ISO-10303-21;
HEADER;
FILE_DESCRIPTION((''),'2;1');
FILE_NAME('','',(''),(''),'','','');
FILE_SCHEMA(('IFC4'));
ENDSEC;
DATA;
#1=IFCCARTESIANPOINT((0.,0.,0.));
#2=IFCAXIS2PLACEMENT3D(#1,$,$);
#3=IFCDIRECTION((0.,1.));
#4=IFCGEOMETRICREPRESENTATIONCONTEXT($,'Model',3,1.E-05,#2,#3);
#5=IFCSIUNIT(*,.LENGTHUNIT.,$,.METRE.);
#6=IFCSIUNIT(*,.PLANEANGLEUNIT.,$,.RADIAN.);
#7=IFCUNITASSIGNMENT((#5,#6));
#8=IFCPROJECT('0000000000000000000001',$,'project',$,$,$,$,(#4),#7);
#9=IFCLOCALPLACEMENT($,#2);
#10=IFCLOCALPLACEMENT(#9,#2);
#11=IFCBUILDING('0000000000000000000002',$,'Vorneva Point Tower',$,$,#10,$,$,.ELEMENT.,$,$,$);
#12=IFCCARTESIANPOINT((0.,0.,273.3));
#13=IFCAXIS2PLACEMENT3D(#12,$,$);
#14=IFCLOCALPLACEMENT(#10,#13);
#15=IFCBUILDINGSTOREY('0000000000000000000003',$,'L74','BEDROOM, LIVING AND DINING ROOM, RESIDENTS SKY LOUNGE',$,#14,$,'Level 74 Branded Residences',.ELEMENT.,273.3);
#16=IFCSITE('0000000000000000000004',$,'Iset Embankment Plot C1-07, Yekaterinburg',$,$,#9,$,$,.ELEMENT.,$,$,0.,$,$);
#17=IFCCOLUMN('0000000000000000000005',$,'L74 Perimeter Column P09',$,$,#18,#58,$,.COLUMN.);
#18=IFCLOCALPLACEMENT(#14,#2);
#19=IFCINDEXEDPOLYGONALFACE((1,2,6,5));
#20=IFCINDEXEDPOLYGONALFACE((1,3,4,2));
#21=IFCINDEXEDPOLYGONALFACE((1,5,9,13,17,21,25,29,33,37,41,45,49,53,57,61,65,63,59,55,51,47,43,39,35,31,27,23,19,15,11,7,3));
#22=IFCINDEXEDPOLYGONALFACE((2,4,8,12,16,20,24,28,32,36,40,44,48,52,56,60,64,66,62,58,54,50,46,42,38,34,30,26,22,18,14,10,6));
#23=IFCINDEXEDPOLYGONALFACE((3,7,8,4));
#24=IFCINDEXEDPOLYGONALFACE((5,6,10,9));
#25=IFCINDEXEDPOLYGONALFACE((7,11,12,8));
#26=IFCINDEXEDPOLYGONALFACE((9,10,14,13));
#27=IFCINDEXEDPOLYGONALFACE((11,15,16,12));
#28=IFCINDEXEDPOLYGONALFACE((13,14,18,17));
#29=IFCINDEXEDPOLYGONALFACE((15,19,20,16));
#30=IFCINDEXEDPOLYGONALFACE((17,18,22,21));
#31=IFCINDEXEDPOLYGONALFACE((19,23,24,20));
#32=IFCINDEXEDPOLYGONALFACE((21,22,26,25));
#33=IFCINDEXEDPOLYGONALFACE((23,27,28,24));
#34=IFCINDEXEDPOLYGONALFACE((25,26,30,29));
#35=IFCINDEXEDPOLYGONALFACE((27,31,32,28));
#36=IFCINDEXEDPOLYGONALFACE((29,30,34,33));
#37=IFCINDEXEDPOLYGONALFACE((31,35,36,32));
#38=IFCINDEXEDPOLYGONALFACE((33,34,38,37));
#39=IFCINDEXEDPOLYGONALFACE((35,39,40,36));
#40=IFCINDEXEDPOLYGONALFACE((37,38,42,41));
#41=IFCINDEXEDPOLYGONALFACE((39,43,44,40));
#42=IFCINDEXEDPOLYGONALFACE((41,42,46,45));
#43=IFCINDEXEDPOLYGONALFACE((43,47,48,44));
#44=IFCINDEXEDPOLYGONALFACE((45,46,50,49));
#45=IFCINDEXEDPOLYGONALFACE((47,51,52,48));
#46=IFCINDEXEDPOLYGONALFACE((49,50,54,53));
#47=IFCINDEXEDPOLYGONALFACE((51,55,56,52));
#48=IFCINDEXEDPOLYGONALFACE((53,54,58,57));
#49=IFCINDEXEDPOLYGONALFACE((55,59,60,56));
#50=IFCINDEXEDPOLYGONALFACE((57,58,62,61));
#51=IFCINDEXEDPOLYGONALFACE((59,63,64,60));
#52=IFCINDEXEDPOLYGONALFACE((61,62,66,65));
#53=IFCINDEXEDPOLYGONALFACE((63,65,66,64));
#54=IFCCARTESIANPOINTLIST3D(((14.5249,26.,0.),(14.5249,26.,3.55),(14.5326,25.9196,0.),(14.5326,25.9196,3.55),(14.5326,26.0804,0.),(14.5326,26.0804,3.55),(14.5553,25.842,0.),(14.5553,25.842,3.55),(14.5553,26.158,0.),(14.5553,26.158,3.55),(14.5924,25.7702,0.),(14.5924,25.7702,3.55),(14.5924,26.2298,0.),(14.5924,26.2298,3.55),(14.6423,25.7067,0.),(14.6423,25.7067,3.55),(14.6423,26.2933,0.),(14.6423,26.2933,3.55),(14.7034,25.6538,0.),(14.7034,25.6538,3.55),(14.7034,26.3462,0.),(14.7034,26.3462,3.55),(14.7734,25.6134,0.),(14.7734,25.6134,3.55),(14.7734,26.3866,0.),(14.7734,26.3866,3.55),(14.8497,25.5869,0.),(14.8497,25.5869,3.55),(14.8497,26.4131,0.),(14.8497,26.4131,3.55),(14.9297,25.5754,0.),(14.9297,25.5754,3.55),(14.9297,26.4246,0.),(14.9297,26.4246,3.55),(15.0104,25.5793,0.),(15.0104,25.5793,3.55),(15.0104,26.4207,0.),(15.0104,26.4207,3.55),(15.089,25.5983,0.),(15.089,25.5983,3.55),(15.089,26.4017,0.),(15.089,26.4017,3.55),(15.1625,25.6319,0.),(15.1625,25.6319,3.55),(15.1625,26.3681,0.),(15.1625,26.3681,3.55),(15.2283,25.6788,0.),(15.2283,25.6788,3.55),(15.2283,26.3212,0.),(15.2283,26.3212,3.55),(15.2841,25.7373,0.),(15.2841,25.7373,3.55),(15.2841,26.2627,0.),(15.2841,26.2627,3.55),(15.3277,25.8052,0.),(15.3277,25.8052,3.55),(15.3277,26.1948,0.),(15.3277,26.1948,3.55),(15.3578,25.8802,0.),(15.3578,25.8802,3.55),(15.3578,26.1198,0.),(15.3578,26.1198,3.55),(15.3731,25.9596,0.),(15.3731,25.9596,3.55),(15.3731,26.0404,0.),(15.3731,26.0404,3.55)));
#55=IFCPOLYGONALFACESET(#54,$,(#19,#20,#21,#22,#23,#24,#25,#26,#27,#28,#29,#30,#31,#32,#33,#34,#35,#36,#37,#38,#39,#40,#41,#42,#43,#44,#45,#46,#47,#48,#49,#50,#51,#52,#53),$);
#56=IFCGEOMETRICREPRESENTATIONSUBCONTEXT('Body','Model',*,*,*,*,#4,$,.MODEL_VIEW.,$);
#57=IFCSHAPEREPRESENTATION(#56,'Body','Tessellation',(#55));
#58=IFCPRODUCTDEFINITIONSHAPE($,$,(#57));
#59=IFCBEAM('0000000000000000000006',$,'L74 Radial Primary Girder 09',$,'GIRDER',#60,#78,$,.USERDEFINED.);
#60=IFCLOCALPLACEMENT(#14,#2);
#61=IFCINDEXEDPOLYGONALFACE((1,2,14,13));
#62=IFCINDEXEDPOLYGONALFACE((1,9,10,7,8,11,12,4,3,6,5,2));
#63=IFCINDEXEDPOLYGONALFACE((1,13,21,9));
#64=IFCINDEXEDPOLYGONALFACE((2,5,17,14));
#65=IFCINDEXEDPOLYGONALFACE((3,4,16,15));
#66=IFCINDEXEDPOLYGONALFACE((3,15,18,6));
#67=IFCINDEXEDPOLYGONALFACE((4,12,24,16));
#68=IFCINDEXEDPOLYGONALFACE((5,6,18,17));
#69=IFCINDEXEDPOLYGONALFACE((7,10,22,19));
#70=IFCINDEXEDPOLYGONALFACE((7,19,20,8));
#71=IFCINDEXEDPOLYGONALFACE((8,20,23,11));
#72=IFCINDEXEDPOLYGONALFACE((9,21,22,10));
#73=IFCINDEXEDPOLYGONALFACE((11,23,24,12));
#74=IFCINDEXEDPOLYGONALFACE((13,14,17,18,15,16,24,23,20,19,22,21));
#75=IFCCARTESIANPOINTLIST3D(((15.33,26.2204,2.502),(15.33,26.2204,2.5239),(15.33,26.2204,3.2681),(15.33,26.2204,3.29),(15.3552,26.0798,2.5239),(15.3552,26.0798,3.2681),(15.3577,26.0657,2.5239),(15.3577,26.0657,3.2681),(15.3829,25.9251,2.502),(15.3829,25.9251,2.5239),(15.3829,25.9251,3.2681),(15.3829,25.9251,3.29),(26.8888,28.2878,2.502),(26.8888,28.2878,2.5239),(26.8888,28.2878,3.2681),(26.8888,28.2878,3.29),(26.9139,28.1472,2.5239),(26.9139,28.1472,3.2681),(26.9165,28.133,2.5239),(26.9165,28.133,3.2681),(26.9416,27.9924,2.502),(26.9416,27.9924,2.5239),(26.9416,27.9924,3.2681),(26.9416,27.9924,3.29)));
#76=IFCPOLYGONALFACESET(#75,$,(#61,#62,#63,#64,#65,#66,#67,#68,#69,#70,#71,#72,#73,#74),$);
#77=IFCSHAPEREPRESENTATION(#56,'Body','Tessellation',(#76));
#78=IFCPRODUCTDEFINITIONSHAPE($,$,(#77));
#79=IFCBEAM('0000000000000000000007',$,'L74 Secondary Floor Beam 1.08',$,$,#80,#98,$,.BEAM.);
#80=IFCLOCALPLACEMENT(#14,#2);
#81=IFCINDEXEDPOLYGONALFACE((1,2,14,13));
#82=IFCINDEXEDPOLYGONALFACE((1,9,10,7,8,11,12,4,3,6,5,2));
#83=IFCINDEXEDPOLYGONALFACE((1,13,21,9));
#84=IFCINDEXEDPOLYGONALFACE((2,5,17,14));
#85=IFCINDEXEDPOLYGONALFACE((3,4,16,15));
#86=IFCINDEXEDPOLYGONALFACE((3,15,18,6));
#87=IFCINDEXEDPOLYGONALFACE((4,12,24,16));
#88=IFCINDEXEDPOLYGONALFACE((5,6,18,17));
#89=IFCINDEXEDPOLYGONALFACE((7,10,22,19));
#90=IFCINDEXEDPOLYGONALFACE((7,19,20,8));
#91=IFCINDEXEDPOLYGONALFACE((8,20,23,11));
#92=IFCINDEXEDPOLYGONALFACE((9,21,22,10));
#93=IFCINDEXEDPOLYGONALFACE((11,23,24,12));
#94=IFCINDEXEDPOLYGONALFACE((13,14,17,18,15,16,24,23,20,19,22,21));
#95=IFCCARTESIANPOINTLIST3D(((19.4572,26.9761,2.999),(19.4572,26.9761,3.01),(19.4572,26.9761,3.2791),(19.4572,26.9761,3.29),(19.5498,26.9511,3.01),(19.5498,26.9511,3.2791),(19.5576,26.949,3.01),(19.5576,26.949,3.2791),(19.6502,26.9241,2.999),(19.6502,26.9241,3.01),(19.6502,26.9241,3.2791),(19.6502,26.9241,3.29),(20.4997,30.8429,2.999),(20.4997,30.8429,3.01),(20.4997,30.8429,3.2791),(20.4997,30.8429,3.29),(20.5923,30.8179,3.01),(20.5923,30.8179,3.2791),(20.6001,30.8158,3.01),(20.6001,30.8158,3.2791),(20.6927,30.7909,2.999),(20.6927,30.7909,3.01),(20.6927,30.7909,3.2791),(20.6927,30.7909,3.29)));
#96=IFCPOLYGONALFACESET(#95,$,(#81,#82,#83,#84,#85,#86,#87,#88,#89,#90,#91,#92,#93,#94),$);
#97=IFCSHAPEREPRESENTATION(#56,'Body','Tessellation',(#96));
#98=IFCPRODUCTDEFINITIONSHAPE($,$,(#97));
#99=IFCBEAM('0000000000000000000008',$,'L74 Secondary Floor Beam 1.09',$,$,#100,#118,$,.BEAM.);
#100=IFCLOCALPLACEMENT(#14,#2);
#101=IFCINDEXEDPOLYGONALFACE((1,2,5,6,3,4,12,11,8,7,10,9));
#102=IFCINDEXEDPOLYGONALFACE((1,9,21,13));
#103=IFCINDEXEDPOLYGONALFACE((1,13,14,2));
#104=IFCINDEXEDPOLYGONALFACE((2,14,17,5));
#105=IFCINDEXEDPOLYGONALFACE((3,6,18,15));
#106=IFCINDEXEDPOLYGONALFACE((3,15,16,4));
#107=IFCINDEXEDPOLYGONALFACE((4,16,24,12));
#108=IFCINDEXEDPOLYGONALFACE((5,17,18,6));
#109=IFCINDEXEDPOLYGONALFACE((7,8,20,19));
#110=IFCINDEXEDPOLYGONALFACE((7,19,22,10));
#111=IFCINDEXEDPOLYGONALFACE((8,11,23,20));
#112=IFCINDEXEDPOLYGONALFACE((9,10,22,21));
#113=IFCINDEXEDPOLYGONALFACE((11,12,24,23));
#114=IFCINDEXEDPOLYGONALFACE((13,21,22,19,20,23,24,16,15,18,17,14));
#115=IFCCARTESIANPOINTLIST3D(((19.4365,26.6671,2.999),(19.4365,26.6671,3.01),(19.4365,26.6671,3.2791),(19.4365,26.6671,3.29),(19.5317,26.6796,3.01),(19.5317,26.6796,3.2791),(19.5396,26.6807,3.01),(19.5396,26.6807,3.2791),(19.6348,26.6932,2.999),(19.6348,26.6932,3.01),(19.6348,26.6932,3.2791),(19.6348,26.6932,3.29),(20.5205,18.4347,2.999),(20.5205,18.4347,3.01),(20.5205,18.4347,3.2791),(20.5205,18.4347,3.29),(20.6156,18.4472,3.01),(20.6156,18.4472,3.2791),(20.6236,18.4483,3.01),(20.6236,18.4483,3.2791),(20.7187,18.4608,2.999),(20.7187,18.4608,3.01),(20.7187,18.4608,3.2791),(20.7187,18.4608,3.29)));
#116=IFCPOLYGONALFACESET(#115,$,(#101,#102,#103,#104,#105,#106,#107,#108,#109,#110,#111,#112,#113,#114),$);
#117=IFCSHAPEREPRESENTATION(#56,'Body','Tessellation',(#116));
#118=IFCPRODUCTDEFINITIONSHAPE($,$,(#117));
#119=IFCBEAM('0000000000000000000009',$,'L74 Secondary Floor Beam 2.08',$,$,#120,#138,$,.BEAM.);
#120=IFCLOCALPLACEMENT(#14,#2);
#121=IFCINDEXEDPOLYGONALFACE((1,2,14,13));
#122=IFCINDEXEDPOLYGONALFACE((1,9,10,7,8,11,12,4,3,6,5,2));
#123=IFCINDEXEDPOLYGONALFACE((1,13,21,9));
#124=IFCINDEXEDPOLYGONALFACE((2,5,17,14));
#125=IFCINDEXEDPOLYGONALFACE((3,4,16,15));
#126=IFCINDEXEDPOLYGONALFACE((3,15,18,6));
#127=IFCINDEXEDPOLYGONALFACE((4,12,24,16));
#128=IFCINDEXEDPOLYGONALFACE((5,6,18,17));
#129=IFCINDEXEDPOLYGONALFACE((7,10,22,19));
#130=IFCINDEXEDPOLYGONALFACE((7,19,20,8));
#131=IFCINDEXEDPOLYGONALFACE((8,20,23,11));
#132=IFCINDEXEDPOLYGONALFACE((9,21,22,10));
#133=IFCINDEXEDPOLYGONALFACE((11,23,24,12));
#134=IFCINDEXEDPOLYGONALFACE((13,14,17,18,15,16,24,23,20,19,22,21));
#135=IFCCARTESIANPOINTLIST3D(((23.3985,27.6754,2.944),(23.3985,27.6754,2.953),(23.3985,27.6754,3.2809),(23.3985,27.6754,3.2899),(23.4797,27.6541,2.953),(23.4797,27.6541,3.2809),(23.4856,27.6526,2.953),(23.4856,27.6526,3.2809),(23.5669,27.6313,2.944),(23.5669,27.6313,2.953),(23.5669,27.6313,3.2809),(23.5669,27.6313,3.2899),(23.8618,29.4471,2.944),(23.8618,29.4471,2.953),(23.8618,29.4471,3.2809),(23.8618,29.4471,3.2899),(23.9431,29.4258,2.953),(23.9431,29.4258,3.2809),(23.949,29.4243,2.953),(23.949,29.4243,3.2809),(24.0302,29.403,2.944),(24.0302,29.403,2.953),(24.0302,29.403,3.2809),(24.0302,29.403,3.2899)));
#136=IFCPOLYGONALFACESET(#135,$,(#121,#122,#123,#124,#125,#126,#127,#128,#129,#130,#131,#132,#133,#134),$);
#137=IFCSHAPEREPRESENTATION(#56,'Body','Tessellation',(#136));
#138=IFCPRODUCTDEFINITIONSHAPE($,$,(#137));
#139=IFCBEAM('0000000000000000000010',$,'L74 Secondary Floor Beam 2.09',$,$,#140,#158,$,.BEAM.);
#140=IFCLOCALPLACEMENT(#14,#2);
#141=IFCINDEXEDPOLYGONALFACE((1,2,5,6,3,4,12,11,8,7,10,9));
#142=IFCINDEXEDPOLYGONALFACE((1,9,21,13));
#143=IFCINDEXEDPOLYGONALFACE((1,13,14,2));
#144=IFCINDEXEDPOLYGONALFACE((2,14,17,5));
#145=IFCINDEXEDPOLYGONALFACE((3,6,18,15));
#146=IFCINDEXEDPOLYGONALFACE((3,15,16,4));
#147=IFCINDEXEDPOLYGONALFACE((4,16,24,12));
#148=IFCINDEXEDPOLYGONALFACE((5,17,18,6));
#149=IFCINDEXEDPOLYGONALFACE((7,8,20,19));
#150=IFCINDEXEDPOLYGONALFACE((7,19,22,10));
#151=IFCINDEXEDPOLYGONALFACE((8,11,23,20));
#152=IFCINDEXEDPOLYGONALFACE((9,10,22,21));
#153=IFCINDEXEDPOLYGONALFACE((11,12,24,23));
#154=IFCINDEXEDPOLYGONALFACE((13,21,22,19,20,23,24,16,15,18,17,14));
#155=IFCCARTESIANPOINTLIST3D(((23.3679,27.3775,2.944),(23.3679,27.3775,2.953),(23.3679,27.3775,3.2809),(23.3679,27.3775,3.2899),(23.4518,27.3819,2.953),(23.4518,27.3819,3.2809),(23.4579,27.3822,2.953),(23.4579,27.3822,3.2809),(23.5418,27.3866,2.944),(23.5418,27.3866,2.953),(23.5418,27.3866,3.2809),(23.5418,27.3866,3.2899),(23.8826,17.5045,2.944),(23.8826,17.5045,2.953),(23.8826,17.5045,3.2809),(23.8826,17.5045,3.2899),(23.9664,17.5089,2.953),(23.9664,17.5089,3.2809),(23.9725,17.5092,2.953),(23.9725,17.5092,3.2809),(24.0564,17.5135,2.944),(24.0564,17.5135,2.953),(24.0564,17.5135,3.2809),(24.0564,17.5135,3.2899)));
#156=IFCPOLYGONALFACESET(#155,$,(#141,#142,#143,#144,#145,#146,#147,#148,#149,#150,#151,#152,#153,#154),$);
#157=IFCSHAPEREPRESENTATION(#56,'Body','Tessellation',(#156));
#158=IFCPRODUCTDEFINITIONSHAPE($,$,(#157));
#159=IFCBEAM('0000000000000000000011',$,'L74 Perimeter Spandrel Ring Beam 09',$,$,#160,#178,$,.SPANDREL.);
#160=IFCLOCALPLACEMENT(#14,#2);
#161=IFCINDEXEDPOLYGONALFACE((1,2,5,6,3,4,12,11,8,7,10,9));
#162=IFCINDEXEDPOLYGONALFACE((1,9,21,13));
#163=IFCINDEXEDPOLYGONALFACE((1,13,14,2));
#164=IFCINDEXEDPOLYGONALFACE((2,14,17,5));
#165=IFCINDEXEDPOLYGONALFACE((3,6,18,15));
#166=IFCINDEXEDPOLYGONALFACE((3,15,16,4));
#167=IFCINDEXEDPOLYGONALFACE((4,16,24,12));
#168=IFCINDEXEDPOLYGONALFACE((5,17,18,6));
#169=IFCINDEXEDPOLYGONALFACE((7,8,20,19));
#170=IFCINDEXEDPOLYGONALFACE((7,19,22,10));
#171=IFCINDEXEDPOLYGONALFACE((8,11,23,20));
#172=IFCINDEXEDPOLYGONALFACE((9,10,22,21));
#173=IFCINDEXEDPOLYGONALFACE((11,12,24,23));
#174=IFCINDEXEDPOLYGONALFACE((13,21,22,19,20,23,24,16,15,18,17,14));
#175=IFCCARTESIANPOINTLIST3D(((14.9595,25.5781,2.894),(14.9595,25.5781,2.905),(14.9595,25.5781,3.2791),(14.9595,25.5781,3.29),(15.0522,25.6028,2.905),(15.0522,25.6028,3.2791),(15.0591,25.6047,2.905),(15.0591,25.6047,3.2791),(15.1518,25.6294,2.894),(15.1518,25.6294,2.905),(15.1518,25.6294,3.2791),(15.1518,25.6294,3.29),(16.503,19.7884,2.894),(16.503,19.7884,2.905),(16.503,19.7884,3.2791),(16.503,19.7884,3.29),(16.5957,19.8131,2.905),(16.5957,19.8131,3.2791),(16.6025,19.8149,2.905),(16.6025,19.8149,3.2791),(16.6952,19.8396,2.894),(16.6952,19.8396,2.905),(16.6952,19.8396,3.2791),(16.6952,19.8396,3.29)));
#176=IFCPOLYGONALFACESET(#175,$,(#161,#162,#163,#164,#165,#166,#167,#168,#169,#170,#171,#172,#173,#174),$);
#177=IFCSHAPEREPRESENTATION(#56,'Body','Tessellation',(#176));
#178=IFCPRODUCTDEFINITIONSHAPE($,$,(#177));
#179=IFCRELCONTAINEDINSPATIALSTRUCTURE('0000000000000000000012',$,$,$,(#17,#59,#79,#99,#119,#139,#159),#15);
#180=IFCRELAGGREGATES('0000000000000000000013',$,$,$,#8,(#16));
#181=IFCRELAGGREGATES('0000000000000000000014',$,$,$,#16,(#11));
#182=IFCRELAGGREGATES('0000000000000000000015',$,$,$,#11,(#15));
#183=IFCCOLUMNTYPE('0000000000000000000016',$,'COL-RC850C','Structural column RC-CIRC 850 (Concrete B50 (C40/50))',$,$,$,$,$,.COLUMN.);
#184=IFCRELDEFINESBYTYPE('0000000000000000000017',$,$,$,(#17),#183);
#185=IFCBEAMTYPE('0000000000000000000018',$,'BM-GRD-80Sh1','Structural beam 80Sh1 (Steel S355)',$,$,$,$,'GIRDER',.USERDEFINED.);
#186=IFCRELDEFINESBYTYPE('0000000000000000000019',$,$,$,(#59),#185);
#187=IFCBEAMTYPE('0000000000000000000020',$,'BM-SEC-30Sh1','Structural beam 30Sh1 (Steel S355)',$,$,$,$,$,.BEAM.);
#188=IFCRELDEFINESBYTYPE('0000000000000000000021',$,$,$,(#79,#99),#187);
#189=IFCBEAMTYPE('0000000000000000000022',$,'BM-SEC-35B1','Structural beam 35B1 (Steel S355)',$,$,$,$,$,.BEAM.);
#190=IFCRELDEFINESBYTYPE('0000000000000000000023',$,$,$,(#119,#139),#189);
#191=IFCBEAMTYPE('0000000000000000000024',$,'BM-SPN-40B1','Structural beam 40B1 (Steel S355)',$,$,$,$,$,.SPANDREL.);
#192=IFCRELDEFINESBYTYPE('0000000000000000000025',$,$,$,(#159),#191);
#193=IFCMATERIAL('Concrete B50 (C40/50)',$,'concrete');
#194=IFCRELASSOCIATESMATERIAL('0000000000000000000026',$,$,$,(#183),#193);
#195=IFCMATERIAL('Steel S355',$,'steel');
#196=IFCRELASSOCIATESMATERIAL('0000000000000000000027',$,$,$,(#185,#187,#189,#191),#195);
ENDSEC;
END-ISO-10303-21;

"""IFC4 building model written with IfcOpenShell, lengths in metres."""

from ifc_helpers import new_model, si_unit, direction, frame, origin, origin_2d, place, context, subcontext, project, spatial, circle, i_section, extrude, material, material_profile, profile_set, type_object, element, save


model = new_model("IFC4")

# Units and contexts
model_context = context("Model", 3, precision=1e-05, world=origin(), true_north=direction((0.0, 1.0)))
body_context = subcontext(model_context, "Body", "Model", "MODEL_VIEW")
ifc_project = project(units=[si_unit("LENGTHUNIT", "METRE"), si_unit("PLANEANGLEUNIT", "RADIAN")], contexts=[model_context])

# Site, building, storey
site_placement = place(None, origin())
site = spatial("IfcSite", under=ifc_project, at=site_placement, Name="Iset Embankment Plot C1-07, Yekaterinburg", CompositionType="ELEMENT", RefElevation=0.0)
building_placement = place(site_placement, origin())
building = spatial("IfcBuilding", under=site, at=building_placement, Name="Vorneva Point Tower", CompositionType="ELEMENT")
storey_placement = place(building_placement, frame((0.0, 0.0, 273.3)))
storey = spatial("IfcBuildingStorey", under=building, at=storey_placement, Name="L74", Description="BEDROOM, LIVING AND DINING ROOM, RESIDENTS SKY LOUNGE", LongName="Level 74 Branded Residences", CompositionType="ELEMENT", Elevation=273.3)

# Column
ifc_material_1 = material(Name="Concrete B50 (C40/50)", Category="concrete")
ifc_material_profile_1 = material_profile(ifc_material_1, circle(Radius=0.425, at=origin_2d()), Name="RC-CIRC 850")
ifc_profile_set_1 = profile_set([ifc_material_profile_1], Name="Concrete B50 (C40/50)")
column_type = type_object("IfcColumnType", Name="COL-RC850C", Description="Structural column RC-CIRC 850 (Concrete B50 (C40/50))", PredefinedType="COLUMN", material=ifc_profile_set_1)
column_placement = place(storey_placement, frame((14.95, 26.0, 0.0), z_axis=(0.0, 0.0, 1.0), x_axis=(-1.0, 0.0, 0.0)))
element("IfcColumn", 1, at=column_placement, inside=storey, type_object=column_type, Name="L74 Perimeter Column P09", PredefinedType="COLUMN", context=body_context, shape_type="SweptSolid", body=[
    extrude(circle(Radius=0.425, at=origin_2d()), origin(), (0.0, 0.0, 1.0), 3.55),
])

# Beams
ifc_material_2 = material(Name="Steel S355", Category="steel")
ifc_material_profile_2 = material_profile(ifc_material_2, i_section(OverallWidth=0.3, OverallDepth=0.7881, WebThickness=0.0144, FlangeThickness=0.022, at=origin_2d()), Name="80Sh1")
ifc_profile_set_2 = profile_set([ifc_material_profile_2], Name="Steel S355")
beam_type_1 = type_object("IfcBeamType", Name="BM-GRD-80Sh1", Description="Structural beam 80Sh1 (Steel S355)", ElementType="GIRDER", PredefinedType="USERDEFINED", material=ifc_profile_set_2)
beam_1_placement = place(storey_placement, frame((15.3564, 26.0728, 2.896), z_axis=(0.984379, 0.176063, 0.0), x_axis=(-0.176063, 0.984379, 0.0)))
element("IfcBeam", 2, at=beam_1_placement, inside=storey, type_object=beam_type_1, Name="L74 Radial Primary Girder 09", ObjectType="GIRDER", PredefinedType="USERDEFINED", context=body_context, shape_type="SweptSolid", body=[
    extrude(i_section(OverallWidth=0.3, OverallDepth=0.7881, WebThickness=0.0144, FlangeThickness=0.022, at=origin_2d()), origin(), (0.0, 0.0, 1.0), 11.7422),
])
ifc_material_profile_3 = material_profile(ifc_material_2, i_section(OverallWidth=0.2, OverallDepth=0.291, WebThickness=0.0081, FlangeThickness=0.011, at=origin_2d()), Name="30Sh1")
ifc_profile_set_3 = profile_set([ifc_material_profile_3], Name="Steel S355")
beam_type_2 = type_object("IfcBeamType", Name="BM-SEC-30Sh1", Description="Structural beam 30Sh1 (Steel S355)", PredefinedType="BEAM", material=ifc_profile_set_3)
beam_2_placement = place(storey_placement, frame((20.5962, 30.8169, 3.1445), z_axis=(-0.26031, -0.965525, 0.0), x_axis=(0.965525, -0.26031, 0.0)))
element("IfcBeam", 3, at=beam_2_placement, inside=storey, type_object=beam_type_2, Name="L74 Secondary Floor Beam 1.08", PredefinedType="BEAM", context=body_context, shape_type="SweptSolid", body=[
    extrude(i_section(OverallWidth=0.2, OverallDepth=0.291, WebThickness=0.0081, FlangeThickness=0.011, at=origin_2d()), origin(), (0.0, 0.0, 1.0), 4.0049),
])
beam_3_placement = place(storey_placement, frame((19.5356, 26.6802, 3.1445), z_axis=(0.130546, -0.991442, 0.0), x_axis=(0.991442, 0.130546, 0.0)))
element("IfcBeam", 4, at=beam_3_placement, inside=storey, type_object=beam_type_2, Name="L74 Secondary Floor Beam 1.09", PredefinedType="BEAM", context=body_context, shape_type="SweptSolid", body=[
    extrude(i_section(OverallWidth=0.2, OverallDepth=0.291, WebThickness=0.0081, FlangeThickness=0.011, at=origin_2d()), origin(), (0.0, 0.0, 1.0), 8.3035),
])
ifc_material_profile_4 = material_profile(ifc_material_2, i_section(OverallWidth=0.1741, OverallDepth=0.3459, WebThickness=0.0061, FlangeThickness=0.009, at=origin_2d()), Name="35B1")
ifc_profile_set_4 = profile_set([ifc_material_profile_4], Name="Steel S355")
beam_type_3 = type_object("IfcBeamType", Name="BM-SEC-35B1", Description="Structural beam 35B1 (Steel S355)", PredefinedType="BEAM", material=ifc_profile_set_4)
beam_4_placement = place(storey_placement, frame((23.946, 29.425, 3.1169), z_axis=(-0.25303, -0.967459, 0.0), x_axis=(0.967459, -0.25303, 0.0)))
element("IfcBeam", 5, at=beam_4_placement, inside=storey, type_object=beam_type_3, Name="L74 Secondary Floor Beam 2.08", PredefinedType="BEAM", context=body_context, shape_type="SweptSolid", body=[
    extrude(i_section(OverallWidth=0.1741, OverallDepth=0.3459, WebThickness=0.0061, FlangeThickness=0.009, at=origin_2d()), origin(), (0.0, 0.0, 1.0), 1.8313),
])
beam_5_placement = place(storey_placement, frame((23.4548, 27.3821, 3.1169), z_axis=(0.052056, -0.998644, 0.0), x_axis=(0.998644, 0.052056, 0.0)))
element("IfcBeam", 6, at=beam_5_placement, inside=storey, type_object=beam_type_3, Name="L74 Secondary Floor Beam 2.09", PredefinedType="BEAM", context=body_context, shape_type="SweptSolid", body=[
    extrude(i_section(OverallWidth=0.1741, OverallDepth=0.3459, WebThickness=0.0061, FlangeThickness=0.009, at=origin_2d()), origin(), (0.0, 0.0, 1.0), 9.8865),
])
ifc_material_profile_5 = material_profile(ifc_material_2, i_section(OverallWidth=0.199, OverallDepth=0.396, WebThickness=0.0071, FlangeThickness=0.011, at=origin_2d()), Name="40B1")
ifc_profile_set_5 = profile_set([ifc_material_profile_5], Name="Steel S355")
beam_type_4 = type_object("IfcBeamType", Name="BM-SPN-40B1", Description="Structural beam 40B1 (Steel S355)", PredefinedType="SPANDREL", material=ifc_profile_set_5)
beam_6_placement = place(storey_placement, frame((15.0557, 25.6038, 3.092), z_axis=(0.257587, -0.966255, 0.0), x_axis=(0.966255, 0.257587, 0.0)))
element("IfcBeam", 7, at=beam_6_placement, inside=storey, type_object=beam_type_4, Name="L74 Perimeter Spandrel Ring Beam 09", PredefinedType="SPANDREL", context=body_context, shape_type="SweptSolid", body=[
    extrude(i_section(OverallWidth=0.199, OverallDepth=0.396, WebThickness=0.0071, FlangeThickness=0.011, at=origin_2d()), origin(), (0.0, 0.0, 1.0), 5.9919),
])

save(model, "model.ifc")
